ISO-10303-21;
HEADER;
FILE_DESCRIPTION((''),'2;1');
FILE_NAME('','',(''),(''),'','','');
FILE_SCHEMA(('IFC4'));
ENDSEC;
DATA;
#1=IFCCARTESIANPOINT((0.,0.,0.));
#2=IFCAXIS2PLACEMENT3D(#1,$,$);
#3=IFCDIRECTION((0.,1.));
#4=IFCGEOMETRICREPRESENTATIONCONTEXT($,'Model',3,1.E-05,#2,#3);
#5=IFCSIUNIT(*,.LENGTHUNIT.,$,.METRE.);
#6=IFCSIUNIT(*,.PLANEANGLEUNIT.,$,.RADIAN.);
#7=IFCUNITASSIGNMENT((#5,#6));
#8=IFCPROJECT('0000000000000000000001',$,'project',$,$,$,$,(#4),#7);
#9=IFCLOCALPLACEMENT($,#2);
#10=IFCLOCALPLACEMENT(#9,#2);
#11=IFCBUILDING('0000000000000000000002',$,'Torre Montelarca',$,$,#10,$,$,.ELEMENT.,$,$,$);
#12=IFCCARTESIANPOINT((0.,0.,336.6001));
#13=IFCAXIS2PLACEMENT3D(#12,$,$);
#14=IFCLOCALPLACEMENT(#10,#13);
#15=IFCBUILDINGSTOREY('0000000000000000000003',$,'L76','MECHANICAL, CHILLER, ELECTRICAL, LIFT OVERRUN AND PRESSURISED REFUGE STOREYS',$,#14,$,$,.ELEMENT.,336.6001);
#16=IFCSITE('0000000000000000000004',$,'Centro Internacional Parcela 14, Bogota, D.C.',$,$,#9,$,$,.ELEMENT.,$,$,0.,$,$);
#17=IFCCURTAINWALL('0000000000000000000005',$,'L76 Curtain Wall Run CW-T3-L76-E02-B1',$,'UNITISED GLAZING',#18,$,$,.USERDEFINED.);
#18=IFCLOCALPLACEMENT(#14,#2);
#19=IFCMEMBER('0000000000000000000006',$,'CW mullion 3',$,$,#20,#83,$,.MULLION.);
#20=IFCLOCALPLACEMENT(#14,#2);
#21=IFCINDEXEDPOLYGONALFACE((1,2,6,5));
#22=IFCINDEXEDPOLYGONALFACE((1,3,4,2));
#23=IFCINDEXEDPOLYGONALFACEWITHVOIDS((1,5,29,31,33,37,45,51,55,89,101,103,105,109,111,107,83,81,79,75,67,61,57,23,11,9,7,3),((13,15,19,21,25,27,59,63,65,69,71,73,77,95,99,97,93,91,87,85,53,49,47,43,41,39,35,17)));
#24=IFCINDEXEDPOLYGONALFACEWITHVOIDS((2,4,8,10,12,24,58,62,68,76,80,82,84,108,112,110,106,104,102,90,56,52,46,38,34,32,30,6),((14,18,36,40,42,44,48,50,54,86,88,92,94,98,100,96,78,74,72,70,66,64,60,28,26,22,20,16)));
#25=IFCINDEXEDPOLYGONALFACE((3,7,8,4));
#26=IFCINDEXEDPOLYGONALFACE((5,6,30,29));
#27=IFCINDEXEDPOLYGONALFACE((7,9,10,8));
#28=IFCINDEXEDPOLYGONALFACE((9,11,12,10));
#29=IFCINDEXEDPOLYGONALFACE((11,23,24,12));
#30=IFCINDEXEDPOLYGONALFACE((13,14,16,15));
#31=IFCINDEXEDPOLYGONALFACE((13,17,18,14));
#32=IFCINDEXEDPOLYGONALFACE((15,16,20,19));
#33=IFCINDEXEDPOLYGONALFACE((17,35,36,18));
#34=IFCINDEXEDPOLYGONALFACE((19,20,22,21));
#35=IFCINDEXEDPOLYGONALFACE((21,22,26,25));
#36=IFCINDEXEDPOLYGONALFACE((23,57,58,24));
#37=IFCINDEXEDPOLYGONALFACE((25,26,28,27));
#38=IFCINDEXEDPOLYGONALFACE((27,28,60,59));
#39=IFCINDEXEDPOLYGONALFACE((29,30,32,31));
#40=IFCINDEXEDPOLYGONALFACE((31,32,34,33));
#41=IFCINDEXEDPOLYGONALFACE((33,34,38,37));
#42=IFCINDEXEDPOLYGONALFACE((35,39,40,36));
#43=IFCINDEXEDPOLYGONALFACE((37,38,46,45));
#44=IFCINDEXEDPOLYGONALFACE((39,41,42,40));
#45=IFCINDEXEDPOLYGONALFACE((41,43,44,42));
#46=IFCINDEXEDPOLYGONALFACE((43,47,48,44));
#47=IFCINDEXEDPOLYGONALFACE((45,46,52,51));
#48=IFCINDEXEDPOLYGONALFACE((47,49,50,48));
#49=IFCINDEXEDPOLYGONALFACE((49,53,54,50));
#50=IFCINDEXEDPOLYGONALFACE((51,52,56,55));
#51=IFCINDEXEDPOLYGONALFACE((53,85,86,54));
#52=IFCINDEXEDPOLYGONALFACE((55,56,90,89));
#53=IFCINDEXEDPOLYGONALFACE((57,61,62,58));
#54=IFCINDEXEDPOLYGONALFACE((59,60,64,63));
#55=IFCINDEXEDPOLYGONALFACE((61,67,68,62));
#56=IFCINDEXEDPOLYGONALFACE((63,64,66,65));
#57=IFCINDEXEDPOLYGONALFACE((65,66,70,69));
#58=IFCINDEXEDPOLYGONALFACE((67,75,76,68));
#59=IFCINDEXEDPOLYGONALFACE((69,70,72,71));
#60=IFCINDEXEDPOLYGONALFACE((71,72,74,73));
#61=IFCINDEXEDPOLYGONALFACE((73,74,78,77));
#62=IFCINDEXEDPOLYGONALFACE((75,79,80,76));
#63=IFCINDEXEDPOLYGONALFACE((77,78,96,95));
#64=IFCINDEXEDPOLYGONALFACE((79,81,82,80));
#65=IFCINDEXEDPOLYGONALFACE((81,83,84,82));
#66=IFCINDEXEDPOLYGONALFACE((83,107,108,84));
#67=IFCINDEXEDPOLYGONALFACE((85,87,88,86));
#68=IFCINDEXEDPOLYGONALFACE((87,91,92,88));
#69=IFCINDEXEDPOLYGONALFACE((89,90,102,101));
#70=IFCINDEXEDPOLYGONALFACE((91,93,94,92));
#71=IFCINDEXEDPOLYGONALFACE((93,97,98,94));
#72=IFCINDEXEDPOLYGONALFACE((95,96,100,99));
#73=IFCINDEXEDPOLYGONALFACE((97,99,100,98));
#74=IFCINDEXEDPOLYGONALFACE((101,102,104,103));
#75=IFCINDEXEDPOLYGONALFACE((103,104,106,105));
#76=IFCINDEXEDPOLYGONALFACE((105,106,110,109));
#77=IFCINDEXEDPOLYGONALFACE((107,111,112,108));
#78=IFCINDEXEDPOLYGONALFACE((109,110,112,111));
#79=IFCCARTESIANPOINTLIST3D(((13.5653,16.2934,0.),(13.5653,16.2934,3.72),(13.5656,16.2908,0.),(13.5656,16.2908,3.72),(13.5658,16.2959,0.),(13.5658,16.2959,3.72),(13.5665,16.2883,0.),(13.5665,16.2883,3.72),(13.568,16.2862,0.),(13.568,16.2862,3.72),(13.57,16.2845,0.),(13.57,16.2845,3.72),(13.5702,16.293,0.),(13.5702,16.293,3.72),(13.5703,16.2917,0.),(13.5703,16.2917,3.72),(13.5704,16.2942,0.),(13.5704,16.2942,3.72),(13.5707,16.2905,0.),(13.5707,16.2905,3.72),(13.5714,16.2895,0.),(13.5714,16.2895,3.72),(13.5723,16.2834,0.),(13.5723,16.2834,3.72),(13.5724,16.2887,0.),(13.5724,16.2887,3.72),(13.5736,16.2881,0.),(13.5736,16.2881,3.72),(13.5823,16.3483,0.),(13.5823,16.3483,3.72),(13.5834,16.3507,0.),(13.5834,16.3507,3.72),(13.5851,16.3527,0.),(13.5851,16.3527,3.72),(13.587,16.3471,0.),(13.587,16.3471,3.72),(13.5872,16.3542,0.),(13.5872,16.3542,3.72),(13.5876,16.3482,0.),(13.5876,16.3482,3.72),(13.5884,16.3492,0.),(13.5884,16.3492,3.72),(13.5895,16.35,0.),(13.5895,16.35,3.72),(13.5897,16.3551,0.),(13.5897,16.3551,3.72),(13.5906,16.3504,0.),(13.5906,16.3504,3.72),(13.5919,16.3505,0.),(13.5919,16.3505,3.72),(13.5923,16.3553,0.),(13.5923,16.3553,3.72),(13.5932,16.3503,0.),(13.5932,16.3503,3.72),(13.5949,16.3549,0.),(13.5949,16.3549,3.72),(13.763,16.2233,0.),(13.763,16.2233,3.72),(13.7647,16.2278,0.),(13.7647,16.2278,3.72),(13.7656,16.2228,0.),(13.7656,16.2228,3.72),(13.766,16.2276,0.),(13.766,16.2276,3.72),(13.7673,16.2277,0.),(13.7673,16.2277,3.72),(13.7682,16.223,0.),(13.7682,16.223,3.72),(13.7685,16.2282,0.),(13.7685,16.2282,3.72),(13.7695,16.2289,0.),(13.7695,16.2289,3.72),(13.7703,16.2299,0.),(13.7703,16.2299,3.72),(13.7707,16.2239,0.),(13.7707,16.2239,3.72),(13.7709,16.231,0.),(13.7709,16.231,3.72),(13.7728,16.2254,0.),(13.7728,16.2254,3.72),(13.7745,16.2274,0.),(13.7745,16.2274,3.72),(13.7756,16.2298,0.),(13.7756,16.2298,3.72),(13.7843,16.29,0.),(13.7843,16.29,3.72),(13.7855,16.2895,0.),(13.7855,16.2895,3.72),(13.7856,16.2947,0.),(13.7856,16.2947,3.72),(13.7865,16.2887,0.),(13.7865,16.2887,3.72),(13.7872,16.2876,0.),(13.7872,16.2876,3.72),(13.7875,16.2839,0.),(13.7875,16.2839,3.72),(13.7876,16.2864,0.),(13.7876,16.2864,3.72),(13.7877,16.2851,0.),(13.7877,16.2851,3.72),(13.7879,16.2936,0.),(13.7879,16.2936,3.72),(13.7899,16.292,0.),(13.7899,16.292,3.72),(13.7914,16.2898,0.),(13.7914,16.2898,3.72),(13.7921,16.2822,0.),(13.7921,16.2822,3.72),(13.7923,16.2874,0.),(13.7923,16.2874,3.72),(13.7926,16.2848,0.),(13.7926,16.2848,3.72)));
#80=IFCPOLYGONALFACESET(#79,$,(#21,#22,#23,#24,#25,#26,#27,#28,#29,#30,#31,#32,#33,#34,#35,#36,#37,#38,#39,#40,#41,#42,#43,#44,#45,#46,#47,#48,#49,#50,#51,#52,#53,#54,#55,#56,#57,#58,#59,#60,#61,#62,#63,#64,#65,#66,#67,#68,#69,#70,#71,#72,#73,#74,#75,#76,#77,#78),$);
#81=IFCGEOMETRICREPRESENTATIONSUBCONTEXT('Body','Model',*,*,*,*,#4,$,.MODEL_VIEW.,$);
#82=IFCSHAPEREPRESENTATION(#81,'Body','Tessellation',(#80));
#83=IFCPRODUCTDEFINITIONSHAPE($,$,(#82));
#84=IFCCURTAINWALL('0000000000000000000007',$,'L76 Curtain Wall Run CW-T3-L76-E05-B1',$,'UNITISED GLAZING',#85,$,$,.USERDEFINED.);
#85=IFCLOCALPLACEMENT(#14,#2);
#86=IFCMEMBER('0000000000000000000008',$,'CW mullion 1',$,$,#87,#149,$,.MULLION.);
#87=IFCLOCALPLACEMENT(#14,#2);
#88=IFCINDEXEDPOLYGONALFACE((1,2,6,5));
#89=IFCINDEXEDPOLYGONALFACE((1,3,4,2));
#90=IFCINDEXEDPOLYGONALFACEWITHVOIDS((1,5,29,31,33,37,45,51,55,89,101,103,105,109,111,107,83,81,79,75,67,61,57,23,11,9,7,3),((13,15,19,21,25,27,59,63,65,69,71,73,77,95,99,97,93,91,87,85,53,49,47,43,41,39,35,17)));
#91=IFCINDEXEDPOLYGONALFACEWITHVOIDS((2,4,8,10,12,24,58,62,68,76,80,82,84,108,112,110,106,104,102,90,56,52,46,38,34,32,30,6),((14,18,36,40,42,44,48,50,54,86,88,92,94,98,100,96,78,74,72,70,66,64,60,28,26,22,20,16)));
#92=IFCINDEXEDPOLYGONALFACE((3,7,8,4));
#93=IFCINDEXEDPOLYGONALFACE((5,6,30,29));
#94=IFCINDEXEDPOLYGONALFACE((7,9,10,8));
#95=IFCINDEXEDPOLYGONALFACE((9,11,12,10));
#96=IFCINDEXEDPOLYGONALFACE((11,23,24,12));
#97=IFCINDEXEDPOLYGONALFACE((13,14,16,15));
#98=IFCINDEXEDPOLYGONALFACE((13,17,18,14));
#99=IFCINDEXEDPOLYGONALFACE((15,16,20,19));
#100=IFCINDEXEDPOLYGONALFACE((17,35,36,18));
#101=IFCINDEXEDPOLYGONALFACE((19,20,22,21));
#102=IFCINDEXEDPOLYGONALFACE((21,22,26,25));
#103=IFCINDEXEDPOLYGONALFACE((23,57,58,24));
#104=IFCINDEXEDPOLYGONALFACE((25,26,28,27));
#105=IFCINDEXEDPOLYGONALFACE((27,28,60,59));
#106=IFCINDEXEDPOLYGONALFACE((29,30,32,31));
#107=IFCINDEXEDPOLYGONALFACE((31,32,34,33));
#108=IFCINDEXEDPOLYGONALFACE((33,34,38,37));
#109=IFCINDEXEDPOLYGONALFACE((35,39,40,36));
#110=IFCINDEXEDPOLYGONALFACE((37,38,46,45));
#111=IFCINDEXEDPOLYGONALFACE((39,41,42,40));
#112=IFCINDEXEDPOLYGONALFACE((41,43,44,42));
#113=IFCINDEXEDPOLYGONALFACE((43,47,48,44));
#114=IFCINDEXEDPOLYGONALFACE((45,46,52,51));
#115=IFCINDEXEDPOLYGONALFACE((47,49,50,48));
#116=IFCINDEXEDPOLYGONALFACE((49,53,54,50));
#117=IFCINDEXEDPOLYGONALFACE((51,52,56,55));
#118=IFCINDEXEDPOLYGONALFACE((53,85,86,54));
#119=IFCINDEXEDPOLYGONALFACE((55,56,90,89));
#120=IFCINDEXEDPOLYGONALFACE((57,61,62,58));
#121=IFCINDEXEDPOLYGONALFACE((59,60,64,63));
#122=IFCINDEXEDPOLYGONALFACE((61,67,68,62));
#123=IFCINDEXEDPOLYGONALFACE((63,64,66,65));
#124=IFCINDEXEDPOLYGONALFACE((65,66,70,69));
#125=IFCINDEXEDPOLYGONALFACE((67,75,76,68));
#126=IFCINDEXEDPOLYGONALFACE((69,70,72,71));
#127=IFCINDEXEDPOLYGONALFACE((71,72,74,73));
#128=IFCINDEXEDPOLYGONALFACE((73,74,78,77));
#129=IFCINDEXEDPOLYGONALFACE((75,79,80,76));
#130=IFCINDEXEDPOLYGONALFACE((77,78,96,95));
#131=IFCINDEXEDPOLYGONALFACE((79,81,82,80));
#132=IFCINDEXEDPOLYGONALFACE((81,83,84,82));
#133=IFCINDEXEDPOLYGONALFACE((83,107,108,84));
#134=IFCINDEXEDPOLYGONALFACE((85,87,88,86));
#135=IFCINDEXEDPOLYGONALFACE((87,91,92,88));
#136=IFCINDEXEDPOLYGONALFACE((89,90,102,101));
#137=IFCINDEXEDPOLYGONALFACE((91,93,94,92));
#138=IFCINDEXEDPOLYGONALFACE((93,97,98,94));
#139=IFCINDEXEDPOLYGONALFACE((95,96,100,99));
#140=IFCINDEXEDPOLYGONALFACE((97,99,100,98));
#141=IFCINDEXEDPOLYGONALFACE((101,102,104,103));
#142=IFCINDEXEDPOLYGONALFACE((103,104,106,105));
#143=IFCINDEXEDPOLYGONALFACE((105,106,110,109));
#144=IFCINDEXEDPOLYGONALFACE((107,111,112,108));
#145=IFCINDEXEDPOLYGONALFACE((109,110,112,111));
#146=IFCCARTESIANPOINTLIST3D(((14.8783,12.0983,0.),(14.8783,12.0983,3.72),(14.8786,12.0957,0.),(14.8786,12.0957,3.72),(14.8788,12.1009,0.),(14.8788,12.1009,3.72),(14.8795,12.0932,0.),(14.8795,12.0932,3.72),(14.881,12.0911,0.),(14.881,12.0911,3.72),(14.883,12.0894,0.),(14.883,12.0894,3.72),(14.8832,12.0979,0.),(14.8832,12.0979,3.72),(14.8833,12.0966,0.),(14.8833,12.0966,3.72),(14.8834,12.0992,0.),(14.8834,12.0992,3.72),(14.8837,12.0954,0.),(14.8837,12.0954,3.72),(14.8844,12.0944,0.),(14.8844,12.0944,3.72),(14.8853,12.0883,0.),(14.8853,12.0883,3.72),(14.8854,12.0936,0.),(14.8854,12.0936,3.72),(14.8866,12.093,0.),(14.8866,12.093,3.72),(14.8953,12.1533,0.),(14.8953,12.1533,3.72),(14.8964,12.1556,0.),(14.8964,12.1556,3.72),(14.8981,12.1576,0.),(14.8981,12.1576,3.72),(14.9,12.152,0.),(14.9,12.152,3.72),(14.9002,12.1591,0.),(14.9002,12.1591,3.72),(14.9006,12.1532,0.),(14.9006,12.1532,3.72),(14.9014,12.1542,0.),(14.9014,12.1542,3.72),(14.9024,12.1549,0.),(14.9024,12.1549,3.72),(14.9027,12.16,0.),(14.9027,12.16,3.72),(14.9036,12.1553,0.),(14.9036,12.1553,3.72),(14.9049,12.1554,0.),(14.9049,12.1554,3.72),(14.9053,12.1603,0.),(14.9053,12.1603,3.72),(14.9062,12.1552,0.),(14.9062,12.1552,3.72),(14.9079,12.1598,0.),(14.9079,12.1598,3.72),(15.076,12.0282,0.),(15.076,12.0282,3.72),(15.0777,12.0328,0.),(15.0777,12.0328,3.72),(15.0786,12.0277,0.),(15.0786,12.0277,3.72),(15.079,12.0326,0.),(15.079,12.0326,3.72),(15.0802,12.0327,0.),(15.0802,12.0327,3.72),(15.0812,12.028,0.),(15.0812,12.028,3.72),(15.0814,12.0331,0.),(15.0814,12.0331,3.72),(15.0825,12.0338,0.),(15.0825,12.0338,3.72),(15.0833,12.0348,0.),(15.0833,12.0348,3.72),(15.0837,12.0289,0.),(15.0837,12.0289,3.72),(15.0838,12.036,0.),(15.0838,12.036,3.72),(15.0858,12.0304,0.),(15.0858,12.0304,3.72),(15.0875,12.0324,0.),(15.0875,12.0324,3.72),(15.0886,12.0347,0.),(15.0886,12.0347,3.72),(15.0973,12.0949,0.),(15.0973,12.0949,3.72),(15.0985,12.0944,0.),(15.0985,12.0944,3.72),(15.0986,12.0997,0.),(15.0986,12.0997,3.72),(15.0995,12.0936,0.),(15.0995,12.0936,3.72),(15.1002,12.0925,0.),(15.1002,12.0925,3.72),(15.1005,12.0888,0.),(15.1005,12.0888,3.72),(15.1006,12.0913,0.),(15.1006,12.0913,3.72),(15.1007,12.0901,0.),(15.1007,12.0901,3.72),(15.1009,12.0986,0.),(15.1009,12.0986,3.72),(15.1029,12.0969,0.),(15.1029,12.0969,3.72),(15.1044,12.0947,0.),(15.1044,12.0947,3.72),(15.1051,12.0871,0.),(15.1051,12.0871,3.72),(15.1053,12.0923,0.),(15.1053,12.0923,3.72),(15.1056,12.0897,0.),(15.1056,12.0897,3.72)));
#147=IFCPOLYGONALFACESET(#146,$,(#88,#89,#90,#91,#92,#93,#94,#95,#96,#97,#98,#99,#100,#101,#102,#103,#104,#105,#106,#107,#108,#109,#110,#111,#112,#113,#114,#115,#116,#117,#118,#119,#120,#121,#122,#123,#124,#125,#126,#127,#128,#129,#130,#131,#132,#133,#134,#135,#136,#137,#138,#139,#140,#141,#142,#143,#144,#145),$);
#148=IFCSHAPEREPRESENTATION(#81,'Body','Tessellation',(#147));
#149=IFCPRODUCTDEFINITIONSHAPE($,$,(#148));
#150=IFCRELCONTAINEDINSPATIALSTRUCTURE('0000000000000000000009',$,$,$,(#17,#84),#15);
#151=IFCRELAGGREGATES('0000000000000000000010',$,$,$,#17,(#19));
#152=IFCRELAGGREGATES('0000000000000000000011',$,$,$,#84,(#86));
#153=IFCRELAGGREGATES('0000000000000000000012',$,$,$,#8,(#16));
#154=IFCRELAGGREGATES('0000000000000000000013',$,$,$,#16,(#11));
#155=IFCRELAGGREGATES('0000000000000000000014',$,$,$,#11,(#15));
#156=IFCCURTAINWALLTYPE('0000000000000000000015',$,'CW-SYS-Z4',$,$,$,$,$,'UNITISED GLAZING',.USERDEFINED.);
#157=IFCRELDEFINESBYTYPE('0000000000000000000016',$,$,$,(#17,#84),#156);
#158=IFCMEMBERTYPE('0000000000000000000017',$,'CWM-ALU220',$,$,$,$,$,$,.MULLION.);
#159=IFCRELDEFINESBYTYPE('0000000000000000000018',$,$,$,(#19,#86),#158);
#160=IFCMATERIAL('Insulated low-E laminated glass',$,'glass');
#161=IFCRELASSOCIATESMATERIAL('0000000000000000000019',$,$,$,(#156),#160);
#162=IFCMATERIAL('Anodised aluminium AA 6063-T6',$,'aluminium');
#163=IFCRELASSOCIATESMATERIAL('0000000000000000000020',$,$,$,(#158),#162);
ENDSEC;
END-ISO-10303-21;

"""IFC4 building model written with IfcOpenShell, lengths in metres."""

from ifc_helpers import new_model, si_unit, direction, frame, origin, origin_2d, place, context, subcontext, project, spatial, hollow_rectangle, extrude, source, transform, mapped, material, material_profile, profile_set, type_object, element, aggregate, save


model = new_model("IFC4")

# Units and contexts
model_context = context("Model", 3, precision=1e-05, world=origin(), true_north=direction((0.0, 1.0)))
body_context = subcontext(model_context, "Body", "Model", "MODEL_VIEW")
ifc_project = project(units=[si_unit("LENGTHUNIT", "METRE"), si_unit("PLANEANGLEUNIT", "RADIAN")], contexts=[model_context])

# Site, building, storey
site_placement = place(None, origin())
site = spatial("IfcSite", under=ifc_project, at=site_placement, Name="Centro Internacional Parcela 14, Bogota, D.C.", CompositionType="ELEMENT", RefElevation=0.0)
building_placement = place(site_placement, origin())
building = spatial("IfcBuilding", under=site, at=building_placement, Name="Torre Montelarca", CompositionType="ELEMENT")
storey_placement = place(building_placement, frame((0.0, 0.0, 336.6001)))
storey = spatial("IfcBuildingStorey", under=building, at=storey_placement, Name="L76", Description="MECHANICAL, CHILLER, ELECTRICAL, LIFT OVERRUN AND PRESSURISED REFUGE STOREYS", CompositionType="ELEMENT", Elevation=336.6001)

# Curtain walls, members
ifc_material_1 = material(Name="Insulated low-E laminated glass", Category="glass")
curtain_wall_type = type_object("IfcCurtainWallType", Name="CW-SYS-Z4", ElementType="UNITISED GLAZING", PredefinedType="USERDEFINED", material=ifc_material_1)
curtain_wall_1_placement = place(storey_placement, origin())
curtain_wall_1 = element("IfcCurtainWall", 1, at=curtain_wall_1_placement, inside=storey, type_object=curtain_wall_type, Name="L76 Curtain Wall Run CW-T3-L76-E02-B1", ObjectType="UNITISED GLAZING", PredefinedType="USERDEFINED")
ifc_material_2 = material(Name="Anodised aluminium AA 6063-T6", Category="aluminium")
ifc_material_profile_1 = material_profile(ifc_material_2, hollow_rectangle(XDim=0.075, YDim=0.22, WallThickness=0.0049, InnerFilletRadius=0.0049, OuterFilletRadius=0.01, at=origin_2d()), Name="ALU75X220X5", Category="aluminium")
ifc_profile_set_1 = profile_set([ifc_material_profile_1], Name="Anodised aluminium AA 6063-T6")
member_type_1 = type_object("IfcMemberType", Name="CWM-ALU220", PredefinedType="MULLION", material=ifc_profile_set_1)
shared_shape_1 = source(origin(), body_context, "Body", "SweptSolid", [
    extrude(hollow_rectangle(XDim=0.075, YDim=0.22, WallThickness=0.0049, InnerFilletRadius=0.0049, OuterFilletRadius=0.01, at=origin_2d()), origin(), (0.0, 0.0, 1.0), 3.72),
])
member_1_placement = place(storey_placement, frame((13.679, 16.2891, 0.0), z_axis=(0.0, 0.0, 1.0), x_axis=(0.300698, 0.953719, 0.0)))
member_1 = element("IfcMember", 2, at=member_1_placement, type_object=member_type_1, Name="CW mullion 3", PredefinedType="MULLION", context=body_context, shape_type="MappedRepresentation", body=[
    mapped(shared_shape_1, transform((0.0, 0.0, 0.0), scale=1.0)),
])
curtain_wall_2_placement = place(storey_placement, origin())
curtain_wall_2 = element("IfcCurtainWall", 3, at=curtain_wall_2_placement, inside=storey, type_object=curtain_wall_type, Name="L76 Curtain Wall Run CW-T3-L76-E05-B1", ObjectType="UNITISED GLAZING", PredefinedType="USERDEFINED")
member_2_placement = place(storey_placement, frame((14.9919, 12.094, 0.0), z_axis=(0.0, 0.0, 1.0), x_axis=(0.300693, 0.953721, 0.0)))
member_2 = element("IfcMember", 4, at=member_2_placement, type_object=member_type_1, Name="CW mullion 1", PredefinedType="MULLION", context=body_context, shape_type="MappedRepresentation", body=[
    mapped(shared_shape_1, transform((0.0, 0.0, 0.0), scale=1.0)),
])

aggregate(curtain_wall_1, [member_1])
aggregate(curtain_wall_2, [member_2])

save(model, "model.ifc")
